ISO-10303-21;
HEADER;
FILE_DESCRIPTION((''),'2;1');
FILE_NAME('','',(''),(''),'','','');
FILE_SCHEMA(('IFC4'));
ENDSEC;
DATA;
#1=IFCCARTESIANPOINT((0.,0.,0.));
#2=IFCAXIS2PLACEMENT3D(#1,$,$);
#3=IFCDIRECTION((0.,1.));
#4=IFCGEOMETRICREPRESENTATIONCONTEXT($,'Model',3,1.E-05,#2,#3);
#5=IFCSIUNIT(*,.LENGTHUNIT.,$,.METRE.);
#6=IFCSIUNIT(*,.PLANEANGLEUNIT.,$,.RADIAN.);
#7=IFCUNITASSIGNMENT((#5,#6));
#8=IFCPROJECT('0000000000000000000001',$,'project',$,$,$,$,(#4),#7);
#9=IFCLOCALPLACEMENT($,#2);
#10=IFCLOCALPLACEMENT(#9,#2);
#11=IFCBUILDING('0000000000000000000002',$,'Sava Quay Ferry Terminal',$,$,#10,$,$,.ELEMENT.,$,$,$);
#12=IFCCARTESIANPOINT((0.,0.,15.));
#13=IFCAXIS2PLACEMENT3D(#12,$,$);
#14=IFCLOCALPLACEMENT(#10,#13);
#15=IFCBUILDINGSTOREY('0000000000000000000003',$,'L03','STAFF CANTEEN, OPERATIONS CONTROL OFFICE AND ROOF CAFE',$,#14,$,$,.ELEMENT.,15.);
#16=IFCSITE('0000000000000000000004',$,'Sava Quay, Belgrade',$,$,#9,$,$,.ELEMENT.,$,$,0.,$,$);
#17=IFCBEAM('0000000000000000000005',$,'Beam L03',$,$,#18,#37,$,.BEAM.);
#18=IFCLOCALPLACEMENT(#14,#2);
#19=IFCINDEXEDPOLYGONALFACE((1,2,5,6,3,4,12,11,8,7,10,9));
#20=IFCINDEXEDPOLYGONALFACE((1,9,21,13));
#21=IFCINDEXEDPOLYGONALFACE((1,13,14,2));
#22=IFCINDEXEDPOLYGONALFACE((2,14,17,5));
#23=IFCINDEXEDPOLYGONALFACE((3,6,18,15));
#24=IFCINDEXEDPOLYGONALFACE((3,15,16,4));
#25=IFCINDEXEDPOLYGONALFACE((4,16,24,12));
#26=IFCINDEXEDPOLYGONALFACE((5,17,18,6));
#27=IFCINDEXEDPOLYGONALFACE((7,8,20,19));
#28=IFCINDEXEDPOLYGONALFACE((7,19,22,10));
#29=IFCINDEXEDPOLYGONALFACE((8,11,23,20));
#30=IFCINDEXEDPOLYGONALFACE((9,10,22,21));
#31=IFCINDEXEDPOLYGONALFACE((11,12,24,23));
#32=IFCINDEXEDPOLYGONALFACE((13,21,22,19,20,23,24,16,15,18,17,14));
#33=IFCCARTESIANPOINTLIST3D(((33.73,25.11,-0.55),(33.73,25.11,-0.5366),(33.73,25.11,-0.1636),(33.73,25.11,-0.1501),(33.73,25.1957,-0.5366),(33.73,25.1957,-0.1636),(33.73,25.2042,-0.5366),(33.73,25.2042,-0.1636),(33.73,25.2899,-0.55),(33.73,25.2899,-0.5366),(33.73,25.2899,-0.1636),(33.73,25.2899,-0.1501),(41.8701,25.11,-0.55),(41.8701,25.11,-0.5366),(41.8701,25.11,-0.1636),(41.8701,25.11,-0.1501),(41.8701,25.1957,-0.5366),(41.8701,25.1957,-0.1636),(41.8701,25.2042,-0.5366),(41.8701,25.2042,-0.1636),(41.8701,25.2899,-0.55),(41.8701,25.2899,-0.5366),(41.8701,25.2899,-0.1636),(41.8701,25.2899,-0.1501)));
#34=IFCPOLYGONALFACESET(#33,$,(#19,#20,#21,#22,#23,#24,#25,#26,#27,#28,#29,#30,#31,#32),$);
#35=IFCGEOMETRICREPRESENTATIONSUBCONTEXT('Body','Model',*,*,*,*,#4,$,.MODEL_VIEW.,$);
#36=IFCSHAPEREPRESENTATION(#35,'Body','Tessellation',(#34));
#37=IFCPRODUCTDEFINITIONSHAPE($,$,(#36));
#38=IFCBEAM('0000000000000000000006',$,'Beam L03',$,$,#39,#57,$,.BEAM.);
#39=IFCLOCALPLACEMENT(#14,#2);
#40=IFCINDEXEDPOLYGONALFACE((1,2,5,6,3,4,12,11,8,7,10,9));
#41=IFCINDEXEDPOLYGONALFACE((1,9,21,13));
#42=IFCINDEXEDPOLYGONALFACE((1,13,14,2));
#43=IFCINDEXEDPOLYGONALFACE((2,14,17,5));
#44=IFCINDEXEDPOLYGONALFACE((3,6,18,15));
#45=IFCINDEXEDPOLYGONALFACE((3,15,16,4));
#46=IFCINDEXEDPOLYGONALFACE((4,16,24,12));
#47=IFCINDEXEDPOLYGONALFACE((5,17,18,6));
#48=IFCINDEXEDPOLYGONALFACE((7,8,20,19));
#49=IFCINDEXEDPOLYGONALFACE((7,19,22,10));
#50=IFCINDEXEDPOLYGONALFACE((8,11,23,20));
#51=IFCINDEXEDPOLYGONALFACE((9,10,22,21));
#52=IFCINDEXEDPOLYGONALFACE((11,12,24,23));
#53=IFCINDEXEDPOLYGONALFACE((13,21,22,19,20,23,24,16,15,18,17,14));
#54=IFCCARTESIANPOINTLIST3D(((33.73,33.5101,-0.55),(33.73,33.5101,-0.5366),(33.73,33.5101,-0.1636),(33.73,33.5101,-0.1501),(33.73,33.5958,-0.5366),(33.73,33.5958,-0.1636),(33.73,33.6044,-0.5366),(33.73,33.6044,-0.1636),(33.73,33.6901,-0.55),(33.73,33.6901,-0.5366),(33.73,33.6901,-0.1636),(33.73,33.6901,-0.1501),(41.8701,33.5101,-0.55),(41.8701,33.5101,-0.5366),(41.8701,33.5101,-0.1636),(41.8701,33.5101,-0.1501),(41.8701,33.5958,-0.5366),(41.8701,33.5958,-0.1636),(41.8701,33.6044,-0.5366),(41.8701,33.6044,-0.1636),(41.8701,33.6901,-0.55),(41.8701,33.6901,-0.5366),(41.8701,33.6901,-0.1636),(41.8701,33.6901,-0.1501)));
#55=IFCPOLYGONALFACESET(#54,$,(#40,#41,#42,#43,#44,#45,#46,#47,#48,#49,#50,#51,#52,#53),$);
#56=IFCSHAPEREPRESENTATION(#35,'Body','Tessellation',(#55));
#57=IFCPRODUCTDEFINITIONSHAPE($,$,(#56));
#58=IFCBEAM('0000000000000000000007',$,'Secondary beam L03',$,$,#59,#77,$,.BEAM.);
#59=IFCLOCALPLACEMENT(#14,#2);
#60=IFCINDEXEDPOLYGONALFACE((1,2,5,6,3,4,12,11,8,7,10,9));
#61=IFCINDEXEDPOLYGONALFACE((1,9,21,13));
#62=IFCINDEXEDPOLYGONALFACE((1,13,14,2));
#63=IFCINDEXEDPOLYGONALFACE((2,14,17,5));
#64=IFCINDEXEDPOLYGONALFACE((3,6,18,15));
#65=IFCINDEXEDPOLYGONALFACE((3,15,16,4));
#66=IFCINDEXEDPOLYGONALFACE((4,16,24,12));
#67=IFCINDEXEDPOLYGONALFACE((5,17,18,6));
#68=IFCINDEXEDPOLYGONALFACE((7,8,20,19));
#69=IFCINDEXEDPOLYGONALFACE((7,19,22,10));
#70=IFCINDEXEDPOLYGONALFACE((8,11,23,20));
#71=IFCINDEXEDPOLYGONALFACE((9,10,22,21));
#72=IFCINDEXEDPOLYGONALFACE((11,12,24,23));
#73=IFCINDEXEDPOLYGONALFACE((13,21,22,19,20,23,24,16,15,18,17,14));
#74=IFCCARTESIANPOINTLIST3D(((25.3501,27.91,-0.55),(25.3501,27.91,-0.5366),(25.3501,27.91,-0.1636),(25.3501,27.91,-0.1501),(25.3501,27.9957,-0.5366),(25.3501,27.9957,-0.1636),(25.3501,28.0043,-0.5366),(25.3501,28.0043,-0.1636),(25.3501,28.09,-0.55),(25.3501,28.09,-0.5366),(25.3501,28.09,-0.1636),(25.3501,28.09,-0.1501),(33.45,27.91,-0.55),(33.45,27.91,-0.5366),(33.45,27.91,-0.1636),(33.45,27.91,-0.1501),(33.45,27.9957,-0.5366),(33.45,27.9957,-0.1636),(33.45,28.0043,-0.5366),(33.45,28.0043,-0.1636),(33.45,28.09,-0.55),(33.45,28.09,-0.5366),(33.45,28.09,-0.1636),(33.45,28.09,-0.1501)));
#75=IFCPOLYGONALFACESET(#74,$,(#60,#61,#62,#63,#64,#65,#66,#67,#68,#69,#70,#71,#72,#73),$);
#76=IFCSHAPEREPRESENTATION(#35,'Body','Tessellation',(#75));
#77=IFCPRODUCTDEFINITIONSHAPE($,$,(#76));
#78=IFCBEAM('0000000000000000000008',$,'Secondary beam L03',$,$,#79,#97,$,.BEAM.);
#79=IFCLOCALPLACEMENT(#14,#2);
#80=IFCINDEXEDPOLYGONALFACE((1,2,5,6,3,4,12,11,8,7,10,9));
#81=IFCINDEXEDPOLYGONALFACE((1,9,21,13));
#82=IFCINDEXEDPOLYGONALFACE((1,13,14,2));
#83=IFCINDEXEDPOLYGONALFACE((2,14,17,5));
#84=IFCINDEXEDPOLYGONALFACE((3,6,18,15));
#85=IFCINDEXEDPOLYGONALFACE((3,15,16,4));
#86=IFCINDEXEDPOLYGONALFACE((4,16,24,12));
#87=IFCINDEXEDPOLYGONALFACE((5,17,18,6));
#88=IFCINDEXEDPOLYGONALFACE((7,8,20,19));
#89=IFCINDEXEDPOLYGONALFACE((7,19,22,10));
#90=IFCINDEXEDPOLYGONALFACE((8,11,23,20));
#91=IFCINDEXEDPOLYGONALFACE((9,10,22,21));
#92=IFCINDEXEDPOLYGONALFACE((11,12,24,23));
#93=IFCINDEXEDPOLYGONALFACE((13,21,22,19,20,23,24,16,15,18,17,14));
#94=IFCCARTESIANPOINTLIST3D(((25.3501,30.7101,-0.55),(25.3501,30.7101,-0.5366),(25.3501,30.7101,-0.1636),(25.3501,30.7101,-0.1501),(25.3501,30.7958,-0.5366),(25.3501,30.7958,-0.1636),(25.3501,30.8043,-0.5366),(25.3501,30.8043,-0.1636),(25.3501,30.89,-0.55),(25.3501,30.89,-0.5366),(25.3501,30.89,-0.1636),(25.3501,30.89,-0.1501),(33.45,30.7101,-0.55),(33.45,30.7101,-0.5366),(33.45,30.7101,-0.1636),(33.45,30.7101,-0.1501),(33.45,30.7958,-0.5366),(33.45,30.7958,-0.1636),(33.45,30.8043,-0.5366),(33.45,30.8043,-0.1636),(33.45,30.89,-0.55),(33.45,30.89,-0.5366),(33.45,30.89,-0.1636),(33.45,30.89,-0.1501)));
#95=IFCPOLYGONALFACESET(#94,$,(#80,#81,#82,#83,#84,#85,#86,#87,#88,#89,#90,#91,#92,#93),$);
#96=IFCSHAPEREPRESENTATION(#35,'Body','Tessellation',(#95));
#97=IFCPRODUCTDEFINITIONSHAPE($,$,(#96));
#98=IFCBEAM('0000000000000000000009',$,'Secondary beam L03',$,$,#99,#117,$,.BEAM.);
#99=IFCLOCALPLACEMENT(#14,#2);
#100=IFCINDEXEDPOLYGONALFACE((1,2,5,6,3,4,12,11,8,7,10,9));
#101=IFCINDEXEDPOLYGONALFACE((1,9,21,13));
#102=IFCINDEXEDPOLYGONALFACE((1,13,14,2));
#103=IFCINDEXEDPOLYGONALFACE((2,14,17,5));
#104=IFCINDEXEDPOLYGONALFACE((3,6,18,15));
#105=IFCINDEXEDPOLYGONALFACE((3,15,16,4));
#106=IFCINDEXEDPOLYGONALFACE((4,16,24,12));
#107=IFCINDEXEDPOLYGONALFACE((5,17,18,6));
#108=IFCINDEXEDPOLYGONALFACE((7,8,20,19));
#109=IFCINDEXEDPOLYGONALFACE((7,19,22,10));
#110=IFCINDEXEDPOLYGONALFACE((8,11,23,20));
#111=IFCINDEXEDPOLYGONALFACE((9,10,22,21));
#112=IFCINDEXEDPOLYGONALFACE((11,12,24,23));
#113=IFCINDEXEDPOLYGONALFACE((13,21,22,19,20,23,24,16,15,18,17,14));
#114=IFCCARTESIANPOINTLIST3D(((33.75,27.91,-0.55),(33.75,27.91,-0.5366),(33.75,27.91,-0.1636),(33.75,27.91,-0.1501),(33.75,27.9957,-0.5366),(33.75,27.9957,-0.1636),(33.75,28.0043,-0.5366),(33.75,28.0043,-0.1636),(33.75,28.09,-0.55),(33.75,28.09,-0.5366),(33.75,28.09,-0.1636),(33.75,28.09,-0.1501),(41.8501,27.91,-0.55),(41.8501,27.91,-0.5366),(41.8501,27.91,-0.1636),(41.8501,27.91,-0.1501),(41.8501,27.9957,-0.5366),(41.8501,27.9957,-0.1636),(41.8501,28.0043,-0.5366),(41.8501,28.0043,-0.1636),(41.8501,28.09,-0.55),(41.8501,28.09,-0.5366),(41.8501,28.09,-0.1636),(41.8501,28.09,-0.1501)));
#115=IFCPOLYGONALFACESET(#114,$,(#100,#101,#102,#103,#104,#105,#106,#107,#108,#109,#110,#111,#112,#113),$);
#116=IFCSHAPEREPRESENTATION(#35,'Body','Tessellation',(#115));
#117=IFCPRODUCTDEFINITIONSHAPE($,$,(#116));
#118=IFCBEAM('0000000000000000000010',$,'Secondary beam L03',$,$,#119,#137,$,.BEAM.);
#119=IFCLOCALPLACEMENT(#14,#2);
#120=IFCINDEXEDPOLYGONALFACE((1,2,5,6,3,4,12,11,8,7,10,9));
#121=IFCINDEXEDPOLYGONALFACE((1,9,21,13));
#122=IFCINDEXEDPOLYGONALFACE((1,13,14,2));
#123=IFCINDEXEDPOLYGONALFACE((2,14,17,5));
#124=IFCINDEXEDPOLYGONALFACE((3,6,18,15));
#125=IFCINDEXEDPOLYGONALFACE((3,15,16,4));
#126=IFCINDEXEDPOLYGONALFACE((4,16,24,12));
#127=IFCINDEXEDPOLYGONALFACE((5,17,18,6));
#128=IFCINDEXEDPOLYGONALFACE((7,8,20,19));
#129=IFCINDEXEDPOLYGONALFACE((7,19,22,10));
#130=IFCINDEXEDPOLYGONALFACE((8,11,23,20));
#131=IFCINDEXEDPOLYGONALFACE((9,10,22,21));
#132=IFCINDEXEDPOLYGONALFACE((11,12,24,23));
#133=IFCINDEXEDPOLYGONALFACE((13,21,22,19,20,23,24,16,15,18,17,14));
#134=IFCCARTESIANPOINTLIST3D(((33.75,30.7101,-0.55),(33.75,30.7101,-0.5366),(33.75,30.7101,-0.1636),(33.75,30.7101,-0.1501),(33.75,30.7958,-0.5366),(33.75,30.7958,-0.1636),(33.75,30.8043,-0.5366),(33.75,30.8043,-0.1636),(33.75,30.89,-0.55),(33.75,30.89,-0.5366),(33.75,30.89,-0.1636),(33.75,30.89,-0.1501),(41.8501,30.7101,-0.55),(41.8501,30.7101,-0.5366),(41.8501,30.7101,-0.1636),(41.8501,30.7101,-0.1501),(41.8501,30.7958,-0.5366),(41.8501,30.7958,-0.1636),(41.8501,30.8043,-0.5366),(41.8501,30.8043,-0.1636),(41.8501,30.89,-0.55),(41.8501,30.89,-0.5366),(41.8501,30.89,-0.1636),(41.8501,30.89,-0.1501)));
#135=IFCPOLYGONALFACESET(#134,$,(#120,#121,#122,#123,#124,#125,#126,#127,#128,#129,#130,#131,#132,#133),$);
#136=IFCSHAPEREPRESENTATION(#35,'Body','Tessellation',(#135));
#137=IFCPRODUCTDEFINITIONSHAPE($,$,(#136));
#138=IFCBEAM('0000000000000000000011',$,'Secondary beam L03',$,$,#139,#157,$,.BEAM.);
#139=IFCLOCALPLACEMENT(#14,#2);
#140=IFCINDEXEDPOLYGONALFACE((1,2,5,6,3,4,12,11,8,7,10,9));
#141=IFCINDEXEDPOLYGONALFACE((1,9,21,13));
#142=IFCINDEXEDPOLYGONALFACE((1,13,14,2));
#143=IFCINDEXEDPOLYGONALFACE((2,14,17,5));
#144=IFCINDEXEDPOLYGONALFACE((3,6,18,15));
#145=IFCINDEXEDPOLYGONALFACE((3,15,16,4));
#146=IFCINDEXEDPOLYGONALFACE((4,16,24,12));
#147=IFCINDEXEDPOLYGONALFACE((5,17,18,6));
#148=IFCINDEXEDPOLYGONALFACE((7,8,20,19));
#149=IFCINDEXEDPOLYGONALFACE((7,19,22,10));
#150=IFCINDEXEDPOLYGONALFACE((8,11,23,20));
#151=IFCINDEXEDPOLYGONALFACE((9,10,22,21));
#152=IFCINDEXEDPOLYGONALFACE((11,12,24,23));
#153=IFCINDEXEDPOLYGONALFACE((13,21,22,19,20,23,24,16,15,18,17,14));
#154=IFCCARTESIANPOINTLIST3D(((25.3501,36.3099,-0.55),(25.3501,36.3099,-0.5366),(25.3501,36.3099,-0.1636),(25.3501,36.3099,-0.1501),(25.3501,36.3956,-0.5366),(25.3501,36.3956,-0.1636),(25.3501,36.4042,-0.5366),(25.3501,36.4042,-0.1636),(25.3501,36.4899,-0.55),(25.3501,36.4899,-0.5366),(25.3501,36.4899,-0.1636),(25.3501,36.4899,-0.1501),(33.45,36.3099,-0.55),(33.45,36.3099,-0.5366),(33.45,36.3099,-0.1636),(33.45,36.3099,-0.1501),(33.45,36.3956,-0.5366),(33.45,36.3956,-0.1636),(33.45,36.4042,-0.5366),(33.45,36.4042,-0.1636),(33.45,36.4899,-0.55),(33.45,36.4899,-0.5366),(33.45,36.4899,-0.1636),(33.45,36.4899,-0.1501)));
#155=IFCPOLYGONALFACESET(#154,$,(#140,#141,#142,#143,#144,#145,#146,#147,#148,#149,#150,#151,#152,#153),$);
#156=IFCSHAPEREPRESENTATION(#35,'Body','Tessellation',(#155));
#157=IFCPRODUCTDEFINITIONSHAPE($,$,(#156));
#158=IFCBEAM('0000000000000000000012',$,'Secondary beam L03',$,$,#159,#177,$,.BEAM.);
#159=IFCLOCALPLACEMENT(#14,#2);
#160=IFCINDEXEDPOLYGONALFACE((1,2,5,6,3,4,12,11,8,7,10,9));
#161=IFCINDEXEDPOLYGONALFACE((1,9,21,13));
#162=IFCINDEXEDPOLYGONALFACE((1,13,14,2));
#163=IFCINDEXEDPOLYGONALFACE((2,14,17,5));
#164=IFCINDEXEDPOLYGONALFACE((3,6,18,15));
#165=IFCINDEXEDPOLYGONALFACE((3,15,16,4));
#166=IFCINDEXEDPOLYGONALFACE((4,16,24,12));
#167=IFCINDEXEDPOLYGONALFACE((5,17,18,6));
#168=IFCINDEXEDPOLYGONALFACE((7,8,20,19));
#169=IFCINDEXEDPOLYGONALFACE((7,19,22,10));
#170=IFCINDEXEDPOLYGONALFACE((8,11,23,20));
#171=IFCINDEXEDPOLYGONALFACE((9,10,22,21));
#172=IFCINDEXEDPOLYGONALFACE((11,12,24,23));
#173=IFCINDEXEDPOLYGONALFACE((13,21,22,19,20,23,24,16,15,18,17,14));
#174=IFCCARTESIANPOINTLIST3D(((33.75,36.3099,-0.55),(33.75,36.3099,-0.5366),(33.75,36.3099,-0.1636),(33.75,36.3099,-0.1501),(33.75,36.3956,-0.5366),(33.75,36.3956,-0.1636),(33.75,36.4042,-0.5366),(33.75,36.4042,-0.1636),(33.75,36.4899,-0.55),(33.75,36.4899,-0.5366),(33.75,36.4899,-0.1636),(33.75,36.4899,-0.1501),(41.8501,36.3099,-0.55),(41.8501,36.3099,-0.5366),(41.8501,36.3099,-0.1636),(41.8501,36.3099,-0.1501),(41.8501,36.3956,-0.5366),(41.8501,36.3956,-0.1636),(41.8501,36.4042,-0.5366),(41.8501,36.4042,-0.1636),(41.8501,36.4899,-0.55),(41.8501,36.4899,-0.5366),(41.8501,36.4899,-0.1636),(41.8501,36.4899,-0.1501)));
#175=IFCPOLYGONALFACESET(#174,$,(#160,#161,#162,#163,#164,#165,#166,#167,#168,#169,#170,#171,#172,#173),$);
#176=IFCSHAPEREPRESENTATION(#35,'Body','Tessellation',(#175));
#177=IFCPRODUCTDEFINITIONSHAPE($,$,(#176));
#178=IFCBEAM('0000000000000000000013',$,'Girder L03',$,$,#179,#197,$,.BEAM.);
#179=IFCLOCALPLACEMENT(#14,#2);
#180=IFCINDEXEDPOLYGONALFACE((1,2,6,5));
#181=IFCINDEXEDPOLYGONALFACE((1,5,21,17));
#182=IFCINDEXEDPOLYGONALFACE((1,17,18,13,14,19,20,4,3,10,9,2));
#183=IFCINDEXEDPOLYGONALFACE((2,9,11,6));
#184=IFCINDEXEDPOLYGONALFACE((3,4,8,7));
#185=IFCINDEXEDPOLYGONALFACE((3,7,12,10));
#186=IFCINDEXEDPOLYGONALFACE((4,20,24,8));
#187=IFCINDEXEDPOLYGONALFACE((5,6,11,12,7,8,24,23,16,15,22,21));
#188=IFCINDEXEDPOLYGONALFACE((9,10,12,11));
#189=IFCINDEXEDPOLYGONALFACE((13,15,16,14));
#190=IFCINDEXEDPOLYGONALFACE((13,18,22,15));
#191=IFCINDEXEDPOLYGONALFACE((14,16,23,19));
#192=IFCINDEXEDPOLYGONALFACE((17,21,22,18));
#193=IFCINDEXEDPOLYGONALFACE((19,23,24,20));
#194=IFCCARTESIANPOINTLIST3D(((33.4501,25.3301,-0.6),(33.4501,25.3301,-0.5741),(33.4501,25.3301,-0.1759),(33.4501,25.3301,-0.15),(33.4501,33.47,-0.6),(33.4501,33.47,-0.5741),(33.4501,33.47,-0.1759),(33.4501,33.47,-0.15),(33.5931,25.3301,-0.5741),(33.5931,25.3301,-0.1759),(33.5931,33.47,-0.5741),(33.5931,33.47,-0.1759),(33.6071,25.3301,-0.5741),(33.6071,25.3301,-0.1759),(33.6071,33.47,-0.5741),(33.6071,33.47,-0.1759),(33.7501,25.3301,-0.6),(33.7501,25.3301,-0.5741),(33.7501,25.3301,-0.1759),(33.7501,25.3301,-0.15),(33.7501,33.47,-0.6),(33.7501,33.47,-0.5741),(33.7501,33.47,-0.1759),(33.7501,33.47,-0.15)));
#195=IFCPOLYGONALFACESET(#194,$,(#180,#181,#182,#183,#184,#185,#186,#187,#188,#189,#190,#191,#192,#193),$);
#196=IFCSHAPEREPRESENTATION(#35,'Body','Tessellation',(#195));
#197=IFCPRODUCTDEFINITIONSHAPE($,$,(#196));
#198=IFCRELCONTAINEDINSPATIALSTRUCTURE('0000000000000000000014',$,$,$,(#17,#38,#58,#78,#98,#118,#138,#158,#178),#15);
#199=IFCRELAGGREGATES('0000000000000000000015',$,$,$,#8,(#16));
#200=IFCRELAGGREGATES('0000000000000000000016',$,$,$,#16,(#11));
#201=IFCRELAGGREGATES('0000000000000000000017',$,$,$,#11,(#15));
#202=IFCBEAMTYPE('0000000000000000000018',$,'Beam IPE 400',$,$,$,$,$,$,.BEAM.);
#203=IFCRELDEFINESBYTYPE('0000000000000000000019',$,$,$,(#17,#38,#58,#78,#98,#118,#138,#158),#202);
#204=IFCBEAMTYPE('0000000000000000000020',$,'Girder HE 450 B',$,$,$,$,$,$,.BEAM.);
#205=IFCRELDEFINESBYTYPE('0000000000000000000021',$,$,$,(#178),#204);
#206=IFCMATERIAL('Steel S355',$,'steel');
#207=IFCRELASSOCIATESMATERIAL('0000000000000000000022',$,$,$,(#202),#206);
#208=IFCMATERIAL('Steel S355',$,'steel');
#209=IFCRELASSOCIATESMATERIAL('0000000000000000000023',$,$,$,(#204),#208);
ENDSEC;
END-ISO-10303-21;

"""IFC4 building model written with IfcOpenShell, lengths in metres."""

from ifc_helpers import new_model, si_unit, direction, frame, origin, origin_2d, place, context, subcontext, project, spatial, i_section, extrude, material, material_profile, profile_set, type_object, element, save


model = new_model("IFC4")

# Units and contexts
model_context = context("Model", 3, precision=1e-05, world=origin(), true_north=direction((0.0, 1.0)))
body_context = subcontext(model_context, "Body", "Model", "MODEL_VIEW")
ifc_project = project(units=[si_unit("LENGTHUNIT", "METRE"), si_unit("PLANEANGLEUNIT", "RADIAN")], contexts=[model_context])

# Site, building, storey
site_placement = place(None, origin())
site = spatial("IfcSite", under=ifc_project, at=site_placement, Name="Sava Quay, Belgrade", CompositionType="ELEMENT", RefElevation=0.0)
building_placement = place(site_placement, origin())
building = spatial("IfcBuilding", under=site, at=building_placement, Name="Sava Quay Ferry Terminal", CompositionType="ELEMENT")
storey_placement = place(building_placement, frame((0.0, 0.0, 15.0)))
storey = spatial("IfcBuildingStorey", under=building, at=storey_placement, Name="L03", Description="STAFF CANTEEN, OPERATIONS CONTROL OFFICE AND ROOF CAFE", CompositionType="ELEMENT", Elevation=15.0)

# Beams
ifc_material_1 = material(Name="Steel S355", Category="steel")
ifc_material_profile_1 = material_profile(ifc_material_1, i_section(OverallWidth=0.1799, OverallDepth=0.3999, WebThickness=0.0085, FlangeThickness=0.0134, at=origin_2d()), Name="IPE 400")
ifc_profile_set_1 = profile_set([ifc_material_profile_1], Name="Steel S355")
beam_type_1 = type_object("IfcBeamType", Name="Beam IPE 400", PredefinedType="BEAM", material=ifc_profile_set_1)
for number, where, z_axis, x_axis, name in (
    (1, (33.73, 25.2, -0.3501), (1.0, 0.0, 0.0), (0.0, 1.0, 0.0), "Beam L03"),
    (2, (33.73, 33.6001, -0.3501), (1.0, 0.0, 0.0), (0.0, 1.0, 0.0), "Beam L03"),
):
    element("IfcBeam", number, at=place(storey_placement, frame(where, z_axis=z_axis, x_axis=x_axis)), inside=storey, type_object=beam_type_1, Name=name, PredefinedType="BEAM", context=body_context, shape_type="SweptSolid", body=[
        extrude(i_section(OverallWidth=0.1799, OverallDepth=0.3999, WebThickness=0.0085, FlangeThickness=0.0134, at=origin_2d()), origin(), (0.0, 0.0, 1.0), 8.1401),
    ])
for number, where, z_axis, x_axis, name in (
    (3, (25.3501, 28.0, -0.3501), (1.0, 0.0, 0.0), (0.0, 1.0, 0.0), "Secondary beam L03"),
    (4, (25.3501, 30.8, -0.3501), (1.0, 0.0, 0.0), (0.0, 1.0, 0.0), "Secondary beam L03"),
):
    element("IfcBeam", number, at=place(storey_placement, frame(where, z_axis=z_axis, x_axis=x_axis)), inside=storey, type_object=beam_type_1, Name=name, PredefinedType="BEAM", context=body_context, shape_type="SweptSolid", body=[
        extrude(i_section(OverallWidth=0.1799, OverallDepth=0.3999, WebThickness=0.0085, FlangeThickness=0.0134, at=origin_2d()), origin(), (0.0, 0.0, 1.0), 8.0999),
    ])
for number, where, z_axis, x_axis, name in (
    (5, (33.75, 28.0, -0.3501), (1.0, 0.0, 0.0), (0.0, 1.0, 0.0), "Secondary beam L03"),
    (6, (33.75, 30.8, -0.3501), (1.0, 0.0, 0.0), (0.0, 1.0, 0.0), "Secondary beam L03"),
):
    element("IfcBeam", number, at=place(storey_placement, frame(where, z_axis=z_axis, x_axis=x_axis)), inside=storey, type_object=beam_type_1, Name=name, PredefinedType="BEAM", context=body_context, shape_type="SweptSolid", body=[
        extrude(i_section(OverallWidth=0.1799, OverallDepth=0.3999, WebThickness=0.0085, FlangeThickness=0.0134, at=origin_2d()), origin(), (0.0, 0.0, 1.0), 8.1001),
    ])
beam_1_placement = place(storey_placement, frame((25.3501, 36.3999, -0.3501), z_axis=(1.0, 0.0, 0.0), x_axis=(0.0, 1.0, 0.0)))
element("IfcBeam", 7, at=beam_1_placement, inside=storey, type_object=beam_type_1, Name="Secondary beam L03", PredefinedType="BEAM", context=body_context, shape_type="SweptSolid", body=[
    extrude(i_section(OverallWidth=0.1799, OverallDepth=0.3999, WebThickness=0.0085, FlangeThickness=0.0134, at=origin_2d()), origin(), (0.0, 0.0, 1.0), 8.0999),
])
beam_2_placement = place(storey_placement, frame((33.75, 36.3999, -0.3501), z_axis=(1.0, 0.0, 0.0), x_axis=(0.0, 1.0, 0.0)))
element("IfcBeam", 8, at=beam_2_placement, inside=storey, type_object=beam_type_1, Name="Secondary beam L03", PredefinedType="BEAM", context=body_context, shape_type="SweptSolid", body=[
    extrude(i_section(OverallWidth=0.1799, OverallDepth=0.3999, WebThickness=0.0085, FlangeThickness=0.0134, at=origin_2d()), origin(), (0.0, 0.0, 1.0), 8.1001),
])
ifc_material_2 = material(Name="Steel S355", Category="steel")
ifc_material_profile_2 = material_profile(ifc_material_2, i_section(OverallWidth=0.3, OverallDepth=0.45, WebThickness=0.0139, FlangeThickness=0.0259, at=origin_2d()), Name="HE 450 B")
ifc_profile_set_2 = profile_set([ifc_material_profile_2], Name="Steel S355")
beam_type_2 = type_object("IfcBeamType", Name="Girder HE 450 B", PredefinedType="BEAM", material=ifc_profile_set_2)
beam_3_placement = place(storey_placement, frame((33.6001, 25.3301, -0.375), z_axis=(0.0, 1.0, 0.0), x_axis=(-1.0, 0.0, 0.0)))
element("IfcBeam", 9, at=beam_3_placement, inside=storey, type_object=beam_type_2, Name="Girder L03", PredefinedType="BEAM", context=body_context, shape_type="SweptSolid", body=[
    extrude(i_section(OverallWidth=0.3, OverallDepth=0.45, WebThickness=0.0139, FlangeThickness=0.0259, at=origin_2d()), origin(), (0.0, 0.0, 1.0), 8.1399),
])

save(model, "model.ifc")
